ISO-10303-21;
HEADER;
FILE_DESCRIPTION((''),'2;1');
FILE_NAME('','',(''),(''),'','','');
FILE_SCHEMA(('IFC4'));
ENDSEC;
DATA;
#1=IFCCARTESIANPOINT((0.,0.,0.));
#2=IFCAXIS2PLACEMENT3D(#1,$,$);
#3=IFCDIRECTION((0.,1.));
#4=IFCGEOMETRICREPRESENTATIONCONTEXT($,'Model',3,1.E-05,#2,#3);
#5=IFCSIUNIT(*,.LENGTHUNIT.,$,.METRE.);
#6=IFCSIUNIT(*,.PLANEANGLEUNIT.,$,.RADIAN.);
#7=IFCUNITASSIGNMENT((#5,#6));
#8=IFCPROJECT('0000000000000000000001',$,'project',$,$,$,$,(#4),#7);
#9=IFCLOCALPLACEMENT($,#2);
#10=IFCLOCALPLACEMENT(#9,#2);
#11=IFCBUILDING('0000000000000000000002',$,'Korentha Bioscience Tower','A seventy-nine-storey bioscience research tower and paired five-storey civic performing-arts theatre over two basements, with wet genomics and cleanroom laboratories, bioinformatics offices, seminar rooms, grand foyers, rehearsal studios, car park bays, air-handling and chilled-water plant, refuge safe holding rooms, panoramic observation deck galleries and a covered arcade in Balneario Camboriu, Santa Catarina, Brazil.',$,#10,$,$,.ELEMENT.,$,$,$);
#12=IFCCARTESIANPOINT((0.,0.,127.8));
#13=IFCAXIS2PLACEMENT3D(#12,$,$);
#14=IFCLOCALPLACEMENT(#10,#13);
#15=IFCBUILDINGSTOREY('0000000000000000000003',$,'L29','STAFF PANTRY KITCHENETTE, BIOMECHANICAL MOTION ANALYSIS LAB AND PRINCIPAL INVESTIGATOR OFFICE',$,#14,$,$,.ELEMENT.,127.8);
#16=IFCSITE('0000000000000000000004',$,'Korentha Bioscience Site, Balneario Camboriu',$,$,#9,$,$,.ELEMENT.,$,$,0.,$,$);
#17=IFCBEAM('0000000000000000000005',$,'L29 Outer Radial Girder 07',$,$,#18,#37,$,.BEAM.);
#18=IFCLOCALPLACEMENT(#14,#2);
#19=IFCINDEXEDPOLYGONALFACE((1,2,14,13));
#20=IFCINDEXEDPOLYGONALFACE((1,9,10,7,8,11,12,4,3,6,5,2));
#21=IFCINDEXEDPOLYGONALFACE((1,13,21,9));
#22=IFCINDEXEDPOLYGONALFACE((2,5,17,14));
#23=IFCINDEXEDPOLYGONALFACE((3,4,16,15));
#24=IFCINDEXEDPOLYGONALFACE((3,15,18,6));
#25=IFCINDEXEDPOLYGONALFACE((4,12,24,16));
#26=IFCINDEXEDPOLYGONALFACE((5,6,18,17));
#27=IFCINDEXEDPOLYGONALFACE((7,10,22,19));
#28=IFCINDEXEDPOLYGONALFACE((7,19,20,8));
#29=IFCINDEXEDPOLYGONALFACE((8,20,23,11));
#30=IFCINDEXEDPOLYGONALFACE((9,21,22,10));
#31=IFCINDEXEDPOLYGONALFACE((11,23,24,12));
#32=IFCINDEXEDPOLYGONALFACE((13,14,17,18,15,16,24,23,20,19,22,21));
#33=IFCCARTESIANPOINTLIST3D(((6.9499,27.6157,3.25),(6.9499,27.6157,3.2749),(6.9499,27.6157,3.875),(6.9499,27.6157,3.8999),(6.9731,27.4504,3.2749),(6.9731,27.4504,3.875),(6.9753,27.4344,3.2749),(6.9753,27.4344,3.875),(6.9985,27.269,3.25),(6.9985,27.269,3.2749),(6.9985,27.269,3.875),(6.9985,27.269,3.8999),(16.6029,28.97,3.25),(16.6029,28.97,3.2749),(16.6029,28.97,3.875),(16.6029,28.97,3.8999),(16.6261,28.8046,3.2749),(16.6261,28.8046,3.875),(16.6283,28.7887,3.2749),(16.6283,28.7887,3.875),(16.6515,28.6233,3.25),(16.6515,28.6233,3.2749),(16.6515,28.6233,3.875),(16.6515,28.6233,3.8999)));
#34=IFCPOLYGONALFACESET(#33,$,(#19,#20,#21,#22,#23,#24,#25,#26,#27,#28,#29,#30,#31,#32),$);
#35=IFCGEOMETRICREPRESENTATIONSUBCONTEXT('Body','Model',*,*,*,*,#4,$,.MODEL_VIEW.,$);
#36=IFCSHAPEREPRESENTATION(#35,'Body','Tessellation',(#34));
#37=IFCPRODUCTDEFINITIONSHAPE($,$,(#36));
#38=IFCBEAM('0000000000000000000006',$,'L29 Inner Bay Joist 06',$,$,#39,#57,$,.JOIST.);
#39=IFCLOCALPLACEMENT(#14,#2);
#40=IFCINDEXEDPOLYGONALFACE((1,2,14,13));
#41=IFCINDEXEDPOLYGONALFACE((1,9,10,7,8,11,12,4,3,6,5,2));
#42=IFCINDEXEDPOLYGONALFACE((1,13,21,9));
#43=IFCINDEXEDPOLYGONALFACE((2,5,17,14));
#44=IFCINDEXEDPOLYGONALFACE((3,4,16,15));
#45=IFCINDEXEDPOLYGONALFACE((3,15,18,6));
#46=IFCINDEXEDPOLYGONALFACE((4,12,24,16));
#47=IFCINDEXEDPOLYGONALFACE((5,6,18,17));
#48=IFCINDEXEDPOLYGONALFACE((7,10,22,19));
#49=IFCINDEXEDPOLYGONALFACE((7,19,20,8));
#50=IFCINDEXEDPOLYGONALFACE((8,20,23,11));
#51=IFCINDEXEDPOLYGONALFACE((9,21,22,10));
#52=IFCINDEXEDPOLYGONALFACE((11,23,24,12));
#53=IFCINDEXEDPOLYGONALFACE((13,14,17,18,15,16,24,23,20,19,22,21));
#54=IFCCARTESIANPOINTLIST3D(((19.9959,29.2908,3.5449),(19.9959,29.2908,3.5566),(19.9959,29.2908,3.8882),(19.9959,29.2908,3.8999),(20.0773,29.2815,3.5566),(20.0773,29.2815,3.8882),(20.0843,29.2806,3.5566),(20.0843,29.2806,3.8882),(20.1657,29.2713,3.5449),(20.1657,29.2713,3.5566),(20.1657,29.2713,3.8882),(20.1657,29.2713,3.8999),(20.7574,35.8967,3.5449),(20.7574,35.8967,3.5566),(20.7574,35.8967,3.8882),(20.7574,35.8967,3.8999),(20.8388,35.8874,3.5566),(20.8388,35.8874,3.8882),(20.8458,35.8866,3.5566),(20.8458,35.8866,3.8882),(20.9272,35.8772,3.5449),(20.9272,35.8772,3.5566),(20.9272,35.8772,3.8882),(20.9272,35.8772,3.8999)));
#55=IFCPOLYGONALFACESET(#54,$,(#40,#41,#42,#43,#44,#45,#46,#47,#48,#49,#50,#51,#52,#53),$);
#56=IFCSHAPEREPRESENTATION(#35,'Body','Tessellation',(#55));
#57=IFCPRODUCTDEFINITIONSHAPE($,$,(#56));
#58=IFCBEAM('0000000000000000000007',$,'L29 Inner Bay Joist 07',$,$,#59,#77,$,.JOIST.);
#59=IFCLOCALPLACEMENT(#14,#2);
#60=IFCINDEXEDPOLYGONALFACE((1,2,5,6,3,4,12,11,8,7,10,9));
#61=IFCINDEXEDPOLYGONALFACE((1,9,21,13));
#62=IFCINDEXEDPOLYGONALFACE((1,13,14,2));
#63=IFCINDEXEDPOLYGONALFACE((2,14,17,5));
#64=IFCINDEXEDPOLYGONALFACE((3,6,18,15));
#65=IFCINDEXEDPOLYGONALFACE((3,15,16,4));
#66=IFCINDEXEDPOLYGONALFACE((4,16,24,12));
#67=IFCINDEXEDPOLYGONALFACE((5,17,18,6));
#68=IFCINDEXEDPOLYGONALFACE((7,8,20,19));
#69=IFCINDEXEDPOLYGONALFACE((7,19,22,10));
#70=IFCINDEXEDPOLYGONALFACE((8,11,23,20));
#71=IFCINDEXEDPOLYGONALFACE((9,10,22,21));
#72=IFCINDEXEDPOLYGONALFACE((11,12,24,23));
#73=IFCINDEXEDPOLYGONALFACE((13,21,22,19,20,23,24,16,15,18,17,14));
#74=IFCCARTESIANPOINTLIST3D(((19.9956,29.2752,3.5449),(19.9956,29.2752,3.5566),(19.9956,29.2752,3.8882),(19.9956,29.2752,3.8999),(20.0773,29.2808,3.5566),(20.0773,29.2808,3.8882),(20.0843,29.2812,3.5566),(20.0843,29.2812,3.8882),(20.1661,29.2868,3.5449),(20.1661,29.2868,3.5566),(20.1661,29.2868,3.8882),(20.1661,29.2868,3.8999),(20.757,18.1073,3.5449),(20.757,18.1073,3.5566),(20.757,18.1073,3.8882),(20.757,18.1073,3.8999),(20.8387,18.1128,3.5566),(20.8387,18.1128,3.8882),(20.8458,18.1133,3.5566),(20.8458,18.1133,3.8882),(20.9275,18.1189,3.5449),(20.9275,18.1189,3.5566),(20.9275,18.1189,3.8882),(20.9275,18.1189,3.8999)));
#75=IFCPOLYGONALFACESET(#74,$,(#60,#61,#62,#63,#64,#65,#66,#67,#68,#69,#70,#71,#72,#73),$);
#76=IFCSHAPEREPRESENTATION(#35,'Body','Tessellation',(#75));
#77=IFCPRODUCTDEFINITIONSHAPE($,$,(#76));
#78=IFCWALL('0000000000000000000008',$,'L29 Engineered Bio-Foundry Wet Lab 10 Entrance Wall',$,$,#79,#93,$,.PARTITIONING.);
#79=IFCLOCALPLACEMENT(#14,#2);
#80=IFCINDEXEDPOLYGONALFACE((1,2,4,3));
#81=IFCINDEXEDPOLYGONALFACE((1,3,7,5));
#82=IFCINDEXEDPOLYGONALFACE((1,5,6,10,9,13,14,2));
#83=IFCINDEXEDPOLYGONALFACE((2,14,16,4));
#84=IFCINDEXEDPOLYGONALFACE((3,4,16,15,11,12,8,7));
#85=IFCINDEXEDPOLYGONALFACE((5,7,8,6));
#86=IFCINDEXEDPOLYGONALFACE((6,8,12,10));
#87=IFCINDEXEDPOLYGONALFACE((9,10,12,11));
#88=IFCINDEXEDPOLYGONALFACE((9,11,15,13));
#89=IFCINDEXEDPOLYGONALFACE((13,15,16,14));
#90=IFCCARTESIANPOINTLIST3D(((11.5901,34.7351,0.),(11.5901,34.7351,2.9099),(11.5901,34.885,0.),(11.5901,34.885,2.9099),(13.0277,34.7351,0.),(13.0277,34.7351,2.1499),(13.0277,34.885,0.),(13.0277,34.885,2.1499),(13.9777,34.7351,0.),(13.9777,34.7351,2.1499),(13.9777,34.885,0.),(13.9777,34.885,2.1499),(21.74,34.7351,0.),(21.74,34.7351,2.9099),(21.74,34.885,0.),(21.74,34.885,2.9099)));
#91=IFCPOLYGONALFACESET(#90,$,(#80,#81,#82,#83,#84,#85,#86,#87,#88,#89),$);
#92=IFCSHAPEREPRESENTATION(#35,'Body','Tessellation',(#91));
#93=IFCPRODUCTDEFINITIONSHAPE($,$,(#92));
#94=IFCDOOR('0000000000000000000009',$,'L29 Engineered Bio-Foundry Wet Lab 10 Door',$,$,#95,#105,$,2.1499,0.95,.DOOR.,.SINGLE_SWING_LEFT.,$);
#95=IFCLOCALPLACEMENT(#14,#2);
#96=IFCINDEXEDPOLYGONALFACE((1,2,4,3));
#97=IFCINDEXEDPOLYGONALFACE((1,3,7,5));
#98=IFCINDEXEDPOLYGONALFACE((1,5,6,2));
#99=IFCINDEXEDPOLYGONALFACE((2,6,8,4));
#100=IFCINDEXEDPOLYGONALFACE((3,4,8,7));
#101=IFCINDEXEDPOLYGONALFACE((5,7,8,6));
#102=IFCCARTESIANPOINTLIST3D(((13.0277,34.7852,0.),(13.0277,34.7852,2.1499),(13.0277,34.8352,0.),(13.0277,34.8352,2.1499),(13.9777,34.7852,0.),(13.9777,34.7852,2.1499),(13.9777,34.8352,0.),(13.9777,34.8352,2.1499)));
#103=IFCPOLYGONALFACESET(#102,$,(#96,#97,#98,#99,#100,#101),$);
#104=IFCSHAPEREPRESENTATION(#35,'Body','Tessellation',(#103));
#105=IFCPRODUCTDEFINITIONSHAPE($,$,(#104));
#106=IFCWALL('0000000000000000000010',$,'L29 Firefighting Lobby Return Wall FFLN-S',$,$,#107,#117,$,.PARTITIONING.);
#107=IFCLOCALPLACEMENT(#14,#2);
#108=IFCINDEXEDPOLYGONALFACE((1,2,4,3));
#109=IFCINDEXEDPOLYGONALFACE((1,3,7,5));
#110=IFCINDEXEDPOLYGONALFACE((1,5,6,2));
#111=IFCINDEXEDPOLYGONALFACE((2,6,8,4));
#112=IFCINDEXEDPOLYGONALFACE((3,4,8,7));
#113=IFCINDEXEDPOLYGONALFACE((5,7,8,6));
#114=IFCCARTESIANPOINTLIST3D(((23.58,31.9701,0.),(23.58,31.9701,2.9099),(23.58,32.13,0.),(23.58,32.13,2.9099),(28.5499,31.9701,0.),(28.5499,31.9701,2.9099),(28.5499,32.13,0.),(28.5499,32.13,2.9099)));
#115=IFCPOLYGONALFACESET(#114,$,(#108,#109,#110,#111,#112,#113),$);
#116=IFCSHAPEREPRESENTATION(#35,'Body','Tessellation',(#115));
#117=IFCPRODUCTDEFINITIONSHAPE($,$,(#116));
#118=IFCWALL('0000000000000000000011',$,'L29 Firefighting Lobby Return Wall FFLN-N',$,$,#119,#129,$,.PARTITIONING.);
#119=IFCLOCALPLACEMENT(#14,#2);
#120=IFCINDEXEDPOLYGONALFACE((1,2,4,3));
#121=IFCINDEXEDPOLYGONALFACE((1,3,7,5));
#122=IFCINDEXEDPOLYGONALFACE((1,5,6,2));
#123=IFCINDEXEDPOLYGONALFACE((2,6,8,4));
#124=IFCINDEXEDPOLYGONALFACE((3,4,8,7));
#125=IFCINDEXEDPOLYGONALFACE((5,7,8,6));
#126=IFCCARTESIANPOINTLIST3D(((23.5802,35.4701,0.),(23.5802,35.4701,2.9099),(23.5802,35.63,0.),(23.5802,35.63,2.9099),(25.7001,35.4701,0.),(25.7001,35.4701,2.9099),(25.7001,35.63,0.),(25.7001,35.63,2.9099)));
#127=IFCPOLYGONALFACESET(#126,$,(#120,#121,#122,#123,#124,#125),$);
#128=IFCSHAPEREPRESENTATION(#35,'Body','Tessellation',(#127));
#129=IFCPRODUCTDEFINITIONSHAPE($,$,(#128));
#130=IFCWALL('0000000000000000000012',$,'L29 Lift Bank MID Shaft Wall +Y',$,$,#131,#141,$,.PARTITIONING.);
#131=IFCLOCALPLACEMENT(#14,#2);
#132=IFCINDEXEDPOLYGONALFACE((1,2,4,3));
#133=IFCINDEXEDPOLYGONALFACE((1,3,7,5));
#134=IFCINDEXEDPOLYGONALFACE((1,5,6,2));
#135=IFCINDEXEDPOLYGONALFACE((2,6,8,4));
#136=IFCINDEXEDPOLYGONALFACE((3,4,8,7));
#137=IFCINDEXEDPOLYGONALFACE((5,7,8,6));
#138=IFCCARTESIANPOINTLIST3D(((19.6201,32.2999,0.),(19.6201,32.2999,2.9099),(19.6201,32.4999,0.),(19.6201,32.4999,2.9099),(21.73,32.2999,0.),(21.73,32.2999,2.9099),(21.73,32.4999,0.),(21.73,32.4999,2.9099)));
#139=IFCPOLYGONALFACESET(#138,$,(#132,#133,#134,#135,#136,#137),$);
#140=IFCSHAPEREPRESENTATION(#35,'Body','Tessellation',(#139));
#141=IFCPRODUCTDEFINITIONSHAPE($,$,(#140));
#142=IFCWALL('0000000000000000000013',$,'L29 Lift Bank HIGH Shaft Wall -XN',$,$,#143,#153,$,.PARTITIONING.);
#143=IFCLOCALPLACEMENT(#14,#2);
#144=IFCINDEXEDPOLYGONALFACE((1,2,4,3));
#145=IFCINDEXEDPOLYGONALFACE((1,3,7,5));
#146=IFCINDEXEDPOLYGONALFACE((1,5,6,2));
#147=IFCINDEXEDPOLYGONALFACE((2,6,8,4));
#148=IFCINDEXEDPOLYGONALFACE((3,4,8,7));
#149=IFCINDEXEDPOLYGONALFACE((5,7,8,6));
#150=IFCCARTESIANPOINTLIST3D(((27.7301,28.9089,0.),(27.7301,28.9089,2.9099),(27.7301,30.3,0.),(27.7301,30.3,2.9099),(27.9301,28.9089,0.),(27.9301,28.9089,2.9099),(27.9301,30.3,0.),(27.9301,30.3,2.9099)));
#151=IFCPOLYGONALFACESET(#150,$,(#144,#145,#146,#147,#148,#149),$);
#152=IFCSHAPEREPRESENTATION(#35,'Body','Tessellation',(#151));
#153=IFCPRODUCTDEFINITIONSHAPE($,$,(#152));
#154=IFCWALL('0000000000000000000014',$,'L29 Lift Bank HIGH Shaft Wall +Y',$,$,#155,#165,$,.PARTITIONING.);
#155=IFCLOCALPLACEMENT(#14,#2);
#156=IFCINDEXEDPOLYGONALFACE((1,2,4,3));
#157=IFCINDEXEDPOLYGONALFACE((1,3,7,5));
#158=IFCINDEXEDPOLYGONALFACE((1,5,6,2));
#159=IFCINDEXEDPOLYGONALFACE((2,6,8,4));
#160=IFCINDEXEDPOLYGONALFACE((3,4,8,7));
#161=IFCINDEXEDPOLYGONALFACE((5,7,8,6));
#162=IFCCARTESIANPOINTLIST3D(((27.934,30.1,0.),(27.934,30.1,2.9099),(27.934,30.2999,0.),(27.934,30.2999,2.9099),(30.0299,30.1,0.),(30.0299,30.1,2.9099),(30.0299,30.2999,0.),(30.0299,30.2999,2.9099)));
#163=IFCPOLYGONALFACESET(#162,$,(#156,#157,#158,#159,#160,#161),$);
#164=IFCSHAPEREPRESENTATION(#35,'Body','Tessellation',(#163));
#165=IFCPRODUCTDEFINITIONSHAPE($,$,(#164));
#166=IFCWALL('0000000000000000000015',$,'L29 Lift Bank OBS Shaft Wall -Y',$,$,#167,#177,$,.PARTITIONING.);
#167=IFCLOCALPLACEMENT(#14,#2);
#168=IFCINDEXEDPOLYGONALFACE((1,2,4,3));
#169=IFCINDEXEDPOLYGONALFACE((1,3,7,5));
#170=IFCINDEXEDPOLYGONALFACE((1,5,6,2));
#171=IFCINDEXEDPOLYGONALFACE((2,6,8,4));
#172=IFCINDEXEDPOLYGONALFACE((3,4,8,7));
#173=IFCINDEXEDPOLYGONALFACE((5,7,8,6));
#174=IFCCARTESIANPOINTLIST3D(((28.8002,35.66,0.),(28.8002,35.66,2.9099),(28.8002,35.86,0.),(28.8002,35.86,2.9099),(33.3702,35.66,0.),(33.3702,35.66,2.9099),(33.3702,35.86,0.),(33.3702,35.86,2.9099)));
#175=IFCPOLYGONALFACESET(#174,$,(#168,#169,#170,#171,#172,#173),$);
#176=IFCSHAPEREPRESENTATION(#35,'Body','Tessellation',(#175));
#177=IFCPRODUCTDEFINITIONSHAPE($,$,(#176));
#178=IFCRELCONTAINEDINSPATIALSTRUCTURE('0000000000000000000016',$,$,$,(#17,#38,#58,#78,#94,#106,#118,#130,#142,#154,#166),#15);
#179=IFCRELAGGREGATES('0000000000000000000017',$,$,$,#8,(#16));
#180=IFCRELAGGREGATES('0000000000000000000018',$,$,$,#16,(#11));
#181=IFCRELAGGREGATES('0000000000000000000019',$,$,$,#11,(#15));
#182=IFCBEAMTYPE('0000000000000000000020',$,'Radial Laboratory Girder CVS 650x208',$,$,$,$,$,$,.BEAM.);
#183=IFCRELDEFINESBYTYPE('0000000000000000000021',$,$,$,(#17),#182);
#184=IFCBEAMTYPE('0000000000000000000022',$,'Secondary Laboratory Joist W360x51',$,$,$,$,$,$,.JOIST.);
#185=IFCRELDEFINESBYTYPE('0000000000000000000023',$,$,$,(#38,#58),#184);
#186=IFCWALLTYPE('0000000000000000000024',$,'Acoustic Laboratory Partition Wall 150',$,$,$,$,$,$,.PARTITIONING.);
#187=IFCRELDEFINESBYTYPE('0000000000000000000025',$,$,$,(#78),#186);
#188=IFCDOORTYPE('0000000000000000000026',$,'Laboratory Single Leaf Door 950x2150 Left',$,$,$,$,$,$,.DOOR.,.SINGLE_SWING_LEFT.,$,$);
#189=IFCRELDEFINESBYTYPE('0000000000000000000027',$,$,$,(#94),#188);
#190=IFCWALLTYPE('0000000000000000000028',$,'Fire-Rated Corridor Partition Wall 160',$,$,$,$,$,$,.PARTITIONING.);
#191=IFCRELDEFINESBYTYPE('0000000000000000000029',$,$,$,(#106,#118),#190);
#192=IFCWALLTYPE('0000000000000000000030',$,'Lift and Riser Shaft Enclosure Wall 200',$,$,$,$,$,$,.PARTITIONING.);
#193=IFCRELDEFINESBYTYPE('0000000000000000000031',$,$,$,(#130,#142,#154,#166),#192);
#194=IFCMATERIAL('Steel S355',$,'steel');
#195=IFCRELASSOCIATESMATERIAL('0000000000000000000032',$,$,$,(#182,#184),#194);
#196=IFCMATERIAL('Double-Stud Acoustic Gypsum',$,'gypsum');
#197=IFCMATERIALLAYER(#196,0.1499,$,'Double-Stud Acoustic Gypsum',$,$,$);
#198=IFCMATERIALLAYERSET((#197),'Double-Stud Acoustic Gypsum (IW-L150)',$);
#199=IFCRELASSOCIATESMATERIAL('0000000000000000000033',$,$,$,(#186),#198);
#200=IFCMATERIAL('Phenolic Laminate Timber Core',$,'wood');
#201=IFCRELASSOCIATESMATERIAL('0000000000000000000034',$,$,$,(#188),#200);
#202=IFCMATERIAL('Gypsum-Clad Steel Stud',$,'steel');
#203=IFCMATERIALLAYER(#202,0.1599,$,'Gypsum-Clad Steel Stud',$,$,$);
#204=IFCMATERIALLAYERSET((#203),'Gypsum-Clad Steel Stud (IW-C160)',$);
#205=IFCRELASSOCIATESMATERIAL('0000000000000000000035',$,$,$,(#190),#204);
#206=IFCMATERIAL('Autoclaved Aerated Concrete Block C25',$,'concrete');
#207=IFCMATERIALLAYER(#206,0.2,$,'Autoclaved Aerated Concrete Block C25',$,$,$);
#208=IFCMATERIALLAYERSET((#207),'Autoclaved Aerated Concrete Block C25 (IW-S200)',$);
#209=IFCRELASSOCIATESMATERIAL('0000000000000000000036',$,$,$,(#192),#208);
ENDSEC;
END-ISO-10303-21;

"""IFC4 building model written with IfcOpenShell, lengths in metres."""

from ifc_helpers import new_model, si_unit, direction, frame, frame_2d, origin, origin_2d, place, context, subcontext, project, spatial, rectangle, i_section, extrude, material, layer, layer_set, material_profile, profile_set, type_object, element, fill, save


model = new_model("IFC4")

# Units and contexts
model_context = context("Model", 3, precision=1e-05, world=origin(), true_north=direction((0.0, 1.0)))
body_context = subcontext(model_context, "Body", "Model", "MODEL_VIEW")
ifc_project = project(units=[si_unit("LENGTHUNIT", "METRE"), si_unit("PLANEANGLEUNIT", "RADIAN")], contexts=[model_context])

# Site, building, storey
site_placement = place(None, origin())
site = spatial("IfcSite", under=ifc_project, at=site_placement, Name="Korentha Bioscience Site, Balneario Camboriu", CompositionType="ELEMENT", RefElevation=0.0)
building_placement = place(site_placement, origin())
building = spatial("IfcBuilding", under=site, at=building_placement, Name="Korentha Bioscience Tower", Description="A seventy-nine-storey bioscience research tower and paired five-storey civic performing-arts theatre over two basements, with wet genomics and cleanroom laboratories, bioinformatics offices, seminar rooms, grand foyers, rehearsal studios, car park bays, air-handling and chilled-water plant, refuge safe holding rooms, panoramic observation deck galleries and a covered arcade in Balneario Camboriu, Santa Catarina, Brazil.", CompositionType="ELEMENT")
storey_placement = place(building_placement, frame((0.0, 0.0, 127.8)))
storey = spatial("IfcBuildingStorey", under=building, at=storey_placement, Name="L29", Description="STAFF PANTRY KITCHENETTE, BIOMECHANICAL MOTION ANALYSIS LAB AND PRINCIPAL INVESTIGATOR OFFICE", CompositionType="ELEMENT", Elevation=127.8)

# Beams
ifc_material_1 = material(Name="Steel S355", Category="steel")
ifc_material_profile_1 = material_profile(ifc_material_1, i_section(OverallWidth=0.3501, OverallDepth=0.6499, WebThickness=0.0161, FlangeThickness=0.0249, at=origin_2d()), Name="Steel S355")
ifc_profile_set_1 = profile_set([ifc_material_profile_1], Name="Steel S355 (RB-650)")
beam_type_1 = type_object("IfcBeamType", Name="Radial Laboratory Girder CVS 650x208", PredefinedType="BEAM", material=ifc_profile_set_1)
beam_1_placement = place(storey_placement, frame((16.6272, 28.7966, 3.575), z_axis=(-0.990302, -0.138931, 0.0), x_axis=(0.138931, -0.990302, 0.0)))
element("IfcBeam", 1, at=beam_1_placement, inside=storey, type_object=beam_type_1, Name="L29 Outer Radial Girder 07", PredefinedType="BEAM", context=body_context, shape_type="SweptSolid", body=[
    extrude(i_section(OverallWidth=0.3501, OverallDepth=0.6499, WebThickness=0.0161, FlangeThickness=0.0249, at=origin_2d()), origin(), (0.0, 0.0, 1.0), 9.7476),
])
ifc_material_profile_2 = material_profile(ifc_material_1, i_section(OverallWidth=0.1709, OverallDepth=0.355, WebThickness=0.0071, FlangeThickness=0.0117, at=origin_2d()), Name="Steel S355")
ifc_profile_set_2 = profile_set([ifc_material_profile_2], Name="Steel S355 (JB-360)")
beam_type_2 = type_object("IfcBeamType", Name="Secondary Laboratory Joist W360x51", PredefinedType="JOIST", material=ifc_profile_set_2)
beam_2_placement = place(storey_placement, frame((20.8423, 35.887, 3.7224), z_axis=(-0.114513, -0.993422, 0.0), x_axis=(0.993422, -0.114513, 0.0)))
element("IfcBeam", 2, at=beam_2_placement, inside=storey, type_object=beam_type_2, Name="L29 Inner Bay Joist 06", PredefinedType="JOIST", context=body_context, shape_type="SweptSolid", body=[
    extrude(i_section(OverallWidth=0.1709, OverallDepth=0.355, WebThickness=0.0071, FlangeThickness=0.0117, at=origin_2d()), origin(), (0.0, 0.0, 1.0), 6.6497),
])
beam_3_placement = place(storey_placement, frame((20.0808, 29.281, 3.7224), z_axis=(0.068026, -0.997684, 0.0), x_axis=(0.997684, 0.068026, 0.0)))
element("IfcBeam", 3, at=beam_3_placement, inside=storey, type_object=beam_type_2, Name="L29 Inner Bay Joist 07", PredefinedType="JOIST", context=body_context, shape_type="SweptSolid", body=[
    extrude(i_section(OverallWidth=0.1709, OverallDepth=0.355, WebThickness=0.0071, FlangeThickness=0.0117, at=origin_2d()), origin(), (0.0, 0.0, 1.0), 11.1938),
])

# Wall, opening, door
ifc_material_2 = material(Name="Double-Stud Acoustic Gypsum", Category="gypsum")
ifc_layer_1 = layer(ifc_material_2, 0.1499, Name="Double-Stud Acoustic Gypsum")
ifc_layer_set_1 = layer_set([ifc_layer_1], Name="Double-Stud Acoustic Gypsum (IW-L150)")
wall_type_1 = type_object("IfcWallType", Name="Acoustic Laboratory Partition Wall 150", PredefinedType="PARTITIONING", material=ifc_layer_set_1)
wall_1_placement = place(storey_placement, frame((21.74, 34.8101, 0.0), z_axis=(0.0, 0.0, 1.0), x_axis=(-1.0, 0.0, 0.0)))
wall_1 = element("IfcWall", 4, at=wall_1_placement, inside=storey, type_object=wall_type_1, Name="L29 Engineered Bio-Foundry Wet Lab 10 Entrance Wall", PredefinedType="PARTITIONING", context=body_context, shape_type="SweptSolid", body=[
    extrude(rectangle(XDim=10.1499, YDim=0.1499, at=frame_2d((5.075, 0.0))), origin(), (0.0, 0.0, 1.0), 2.9099),
])
opening_1_placement = place(wall_1_placement, frame((7.7622, 0.0, 0.0)))
opening_1 = element("IfcOpeningElement", 5, at=opening_1_placement, cuts=wall_1, PredefinedType="OPENING", context=body_context, shape_type="SweptSolid", body=[
    extrude(rectangle(XDim=0.95, YDim=2.1499, at=frame_2d((0.4751, 1.075))), frame((0.0, 0.0898, 0.0), z_axis=(0.0, -1.0, 0.0), x_axis=(1.0, 0.0, 0.0)), (0.0, 0.0, 1.0), 0.1797),
])
ifc_material_3 = material(Name="Phenolic Laminate Timber Core", Category="wood")
door_type_1 = type_object("IfcDoorType", Name="Laboratory Single Leaf Door 950x2150 Left", OperationType="SINGLE_SWING_LEFT", PredefinedType="DOOR", material=ifc_material_3)
door_1_placement = place(opening_1_placement, origin())
door_1 = element("IfcDoor", 6, at=door_1_placement, inside=storey, type_object=door_type_1, Name="L29 Engineered Bio-Foundry Wet Lab 10 Door", OperationType="SINGLE_SWING_LEFT", OverallHeight=2.1499, OverallWidth=0.95, PredefinedType="DOOR", context=body_context, shape_type="SweptSolid", body=[
    extrude(rectangle(XDim=0.95, YDim=2.1499, at=frame_2d((0.4751, 1.075))), frame((0.0, 0.0249, 0.0), z_axis=(0.0, -1.0, 0.0), x_axis=(1.0, 0.0, 0.0)), (0.0, 0.0, 1.0), 0.05),
])
fill(opening_1, door_1)
ifc_material_4 = material(Name="Gypsum-Clad Steel Stud", Category="steel")
ifc_layer_2 = layer(ifc_material_4, 0.1599, Name="Gypsum-Clad Steel Stud")
ifc_layer_set_2 = layer_set([ifc_layer_2], Name="Gypsum-Clad Steel Stud (IW-C160)")
wall_type_2 = type_object("IfcWallType", Name="Fire-Rated Corridor Partition Wall 160", PredefinedType="PARTITIONING", material=ifc_layer_set_2)

# Walls
wall_2_placement = place(storey_placement, frame((23.5801, 32.05, 0.0), z_axis=(0.0, 0.0, 1.0), x_axis=(1.0, 0.0, 0.0)))
element("IfcWall", 7, at=wall_2_placement, inside=storey, type_object=wall_type_2, Name="L29 Firefighting Lobby Return Wall FFLN-S", PredefinedType="PARTITIONING", context=body_context, shape_type="SweptSolid", body=[
    extrude(rectangle(XDim=4.97, YDim=0.1599, at=frame_2d((2.4849, 0.0))), origin(), (0.0, 0.0, 1.0), 2.9099),
])
wall_3_placement = place(storey_placement, frame((23.5801, 35.55, 0.0), z_axis=(0.0, 0.0, 1.0), x_axis=(1.0, 0.0, 0.0)))
element("IfcWall", 8, at=wall_3_placement, inside=storey, type_object=wall_type_2, Name="L29 Firefighting Lobby Return Wall FFLN-N", PredefinedType="PARTITIONING", context=body_context, shape_type="SweptSolid", body=[
    extrude(rectangle(XDim=2.1199, YDim=0.1599, at=frame_2d((1.0601, 0.0))), origin(), (0.0, 0.0, 1.0), 2.9099),
])
ifc_material_5 = material(Name="Autoclaved Aerated Concrete Block C25", Category="concrete")
ifc_layer_3 = layer(ifc_material_5, 0.2, Name="Autoclaved Aerated Concrete Block C25")
ifc_layer_set_3 = layer_set([ifc_layer_3], Name="Autoclaved Aerated Concrete Block C25 (IW-S200)")
wall_type_3 = type_object("IfcWallType", Name="Lift and Riser Shaft Enclosure Wall 200", PredefinedType="PARTITIONING", material=ifc_layer_set_3)
wall_4_placement = place(storey_placement, frame((19.6201, 32.3999, 0.0), z_axis=(0.0, 0.0, 1.0), x_axis=(1.0, 0.0, 0.0)))
element("IfcWall", 9, at=wall_4_placement, inside=storey, type_object=wall_type_3, Name="L29 Lift Bank MID Shaft Wall +Y", PredefinedType="PARTITIONING", context=body_context, shape_type="SweptSolid", body=[
    extrude(rectangle(XDim=2.1099, YDim=0.2, at=frame_2d((1.0549, 0.0))), origin(), (0.0, 0.0, 1.0), 2.9099),
])
wall_5_placement = place(storey_placement, frame((27.8301, 28.9089, 0.0), z_axis=(0.0, 0.0, 1.0), x_axis=(0.0, 1.0, 0.0)))
element("IfcWall", 10, at=wall_5_placement, inside=storey, type_object=wall_type_3, Name="L29 Lift Bank HIGH Shaft Wall -XN", PredefinedType="PARTITIONING", context=body_context, shape_type="SweptSolid", body=[
    extrude(rectangle(XDim=1.3911, YDim=0.2, at=frame_2d((0.6956, 0.0))), origin(), (0.0, 0.0, 1.0), 2.9099),
])
wall_6_placement = place(storey_placement, frame((27.9341, 30.2, 0.0), z_axis=(0.0, 0.0, 1.0), x_axis=(1.0, 0.0, 0.0)))
element("IfcWall", 11, at=wall_6_placement, inside=storey, type_object=wall_type_3, Name="L29 Lift Bank HIGH Shaft Wall +Y", PredefinedType="PARTITIONING", context=body_context, shape_type="SweptSolid", body=[
    extrude(rectangle(XDim=2.0959, YDim=0.2, at=frame_2d((1.0479, 0.0))), origin(), (0.0, 0.0, 1.0), 2.9099),
])
wall_7_placement = place(storey_placement, frame((28.8, 35.76, 0.0), z_axis=(0.0, 0.0, 1.0), x_axis=(1.0, 0.0, 0.0)))
element("IfcWall", 12, at=wall_7_placement, inside=storey, type_object=wall_type_3, Name="L29 Lift Bank OBS Shaft Wall -Y", PredefinedType="PARTITIONING", context=body_context, shape_type="SweptSolid", body=[
    extrude(rectangle(XDim=4.5701, YDim=0.2, at=frame_2d((2.2852, 0.0))), origin(), (0.0, 0.0, 1.0), 2.9099),
])

save(model, "model.ifc")
